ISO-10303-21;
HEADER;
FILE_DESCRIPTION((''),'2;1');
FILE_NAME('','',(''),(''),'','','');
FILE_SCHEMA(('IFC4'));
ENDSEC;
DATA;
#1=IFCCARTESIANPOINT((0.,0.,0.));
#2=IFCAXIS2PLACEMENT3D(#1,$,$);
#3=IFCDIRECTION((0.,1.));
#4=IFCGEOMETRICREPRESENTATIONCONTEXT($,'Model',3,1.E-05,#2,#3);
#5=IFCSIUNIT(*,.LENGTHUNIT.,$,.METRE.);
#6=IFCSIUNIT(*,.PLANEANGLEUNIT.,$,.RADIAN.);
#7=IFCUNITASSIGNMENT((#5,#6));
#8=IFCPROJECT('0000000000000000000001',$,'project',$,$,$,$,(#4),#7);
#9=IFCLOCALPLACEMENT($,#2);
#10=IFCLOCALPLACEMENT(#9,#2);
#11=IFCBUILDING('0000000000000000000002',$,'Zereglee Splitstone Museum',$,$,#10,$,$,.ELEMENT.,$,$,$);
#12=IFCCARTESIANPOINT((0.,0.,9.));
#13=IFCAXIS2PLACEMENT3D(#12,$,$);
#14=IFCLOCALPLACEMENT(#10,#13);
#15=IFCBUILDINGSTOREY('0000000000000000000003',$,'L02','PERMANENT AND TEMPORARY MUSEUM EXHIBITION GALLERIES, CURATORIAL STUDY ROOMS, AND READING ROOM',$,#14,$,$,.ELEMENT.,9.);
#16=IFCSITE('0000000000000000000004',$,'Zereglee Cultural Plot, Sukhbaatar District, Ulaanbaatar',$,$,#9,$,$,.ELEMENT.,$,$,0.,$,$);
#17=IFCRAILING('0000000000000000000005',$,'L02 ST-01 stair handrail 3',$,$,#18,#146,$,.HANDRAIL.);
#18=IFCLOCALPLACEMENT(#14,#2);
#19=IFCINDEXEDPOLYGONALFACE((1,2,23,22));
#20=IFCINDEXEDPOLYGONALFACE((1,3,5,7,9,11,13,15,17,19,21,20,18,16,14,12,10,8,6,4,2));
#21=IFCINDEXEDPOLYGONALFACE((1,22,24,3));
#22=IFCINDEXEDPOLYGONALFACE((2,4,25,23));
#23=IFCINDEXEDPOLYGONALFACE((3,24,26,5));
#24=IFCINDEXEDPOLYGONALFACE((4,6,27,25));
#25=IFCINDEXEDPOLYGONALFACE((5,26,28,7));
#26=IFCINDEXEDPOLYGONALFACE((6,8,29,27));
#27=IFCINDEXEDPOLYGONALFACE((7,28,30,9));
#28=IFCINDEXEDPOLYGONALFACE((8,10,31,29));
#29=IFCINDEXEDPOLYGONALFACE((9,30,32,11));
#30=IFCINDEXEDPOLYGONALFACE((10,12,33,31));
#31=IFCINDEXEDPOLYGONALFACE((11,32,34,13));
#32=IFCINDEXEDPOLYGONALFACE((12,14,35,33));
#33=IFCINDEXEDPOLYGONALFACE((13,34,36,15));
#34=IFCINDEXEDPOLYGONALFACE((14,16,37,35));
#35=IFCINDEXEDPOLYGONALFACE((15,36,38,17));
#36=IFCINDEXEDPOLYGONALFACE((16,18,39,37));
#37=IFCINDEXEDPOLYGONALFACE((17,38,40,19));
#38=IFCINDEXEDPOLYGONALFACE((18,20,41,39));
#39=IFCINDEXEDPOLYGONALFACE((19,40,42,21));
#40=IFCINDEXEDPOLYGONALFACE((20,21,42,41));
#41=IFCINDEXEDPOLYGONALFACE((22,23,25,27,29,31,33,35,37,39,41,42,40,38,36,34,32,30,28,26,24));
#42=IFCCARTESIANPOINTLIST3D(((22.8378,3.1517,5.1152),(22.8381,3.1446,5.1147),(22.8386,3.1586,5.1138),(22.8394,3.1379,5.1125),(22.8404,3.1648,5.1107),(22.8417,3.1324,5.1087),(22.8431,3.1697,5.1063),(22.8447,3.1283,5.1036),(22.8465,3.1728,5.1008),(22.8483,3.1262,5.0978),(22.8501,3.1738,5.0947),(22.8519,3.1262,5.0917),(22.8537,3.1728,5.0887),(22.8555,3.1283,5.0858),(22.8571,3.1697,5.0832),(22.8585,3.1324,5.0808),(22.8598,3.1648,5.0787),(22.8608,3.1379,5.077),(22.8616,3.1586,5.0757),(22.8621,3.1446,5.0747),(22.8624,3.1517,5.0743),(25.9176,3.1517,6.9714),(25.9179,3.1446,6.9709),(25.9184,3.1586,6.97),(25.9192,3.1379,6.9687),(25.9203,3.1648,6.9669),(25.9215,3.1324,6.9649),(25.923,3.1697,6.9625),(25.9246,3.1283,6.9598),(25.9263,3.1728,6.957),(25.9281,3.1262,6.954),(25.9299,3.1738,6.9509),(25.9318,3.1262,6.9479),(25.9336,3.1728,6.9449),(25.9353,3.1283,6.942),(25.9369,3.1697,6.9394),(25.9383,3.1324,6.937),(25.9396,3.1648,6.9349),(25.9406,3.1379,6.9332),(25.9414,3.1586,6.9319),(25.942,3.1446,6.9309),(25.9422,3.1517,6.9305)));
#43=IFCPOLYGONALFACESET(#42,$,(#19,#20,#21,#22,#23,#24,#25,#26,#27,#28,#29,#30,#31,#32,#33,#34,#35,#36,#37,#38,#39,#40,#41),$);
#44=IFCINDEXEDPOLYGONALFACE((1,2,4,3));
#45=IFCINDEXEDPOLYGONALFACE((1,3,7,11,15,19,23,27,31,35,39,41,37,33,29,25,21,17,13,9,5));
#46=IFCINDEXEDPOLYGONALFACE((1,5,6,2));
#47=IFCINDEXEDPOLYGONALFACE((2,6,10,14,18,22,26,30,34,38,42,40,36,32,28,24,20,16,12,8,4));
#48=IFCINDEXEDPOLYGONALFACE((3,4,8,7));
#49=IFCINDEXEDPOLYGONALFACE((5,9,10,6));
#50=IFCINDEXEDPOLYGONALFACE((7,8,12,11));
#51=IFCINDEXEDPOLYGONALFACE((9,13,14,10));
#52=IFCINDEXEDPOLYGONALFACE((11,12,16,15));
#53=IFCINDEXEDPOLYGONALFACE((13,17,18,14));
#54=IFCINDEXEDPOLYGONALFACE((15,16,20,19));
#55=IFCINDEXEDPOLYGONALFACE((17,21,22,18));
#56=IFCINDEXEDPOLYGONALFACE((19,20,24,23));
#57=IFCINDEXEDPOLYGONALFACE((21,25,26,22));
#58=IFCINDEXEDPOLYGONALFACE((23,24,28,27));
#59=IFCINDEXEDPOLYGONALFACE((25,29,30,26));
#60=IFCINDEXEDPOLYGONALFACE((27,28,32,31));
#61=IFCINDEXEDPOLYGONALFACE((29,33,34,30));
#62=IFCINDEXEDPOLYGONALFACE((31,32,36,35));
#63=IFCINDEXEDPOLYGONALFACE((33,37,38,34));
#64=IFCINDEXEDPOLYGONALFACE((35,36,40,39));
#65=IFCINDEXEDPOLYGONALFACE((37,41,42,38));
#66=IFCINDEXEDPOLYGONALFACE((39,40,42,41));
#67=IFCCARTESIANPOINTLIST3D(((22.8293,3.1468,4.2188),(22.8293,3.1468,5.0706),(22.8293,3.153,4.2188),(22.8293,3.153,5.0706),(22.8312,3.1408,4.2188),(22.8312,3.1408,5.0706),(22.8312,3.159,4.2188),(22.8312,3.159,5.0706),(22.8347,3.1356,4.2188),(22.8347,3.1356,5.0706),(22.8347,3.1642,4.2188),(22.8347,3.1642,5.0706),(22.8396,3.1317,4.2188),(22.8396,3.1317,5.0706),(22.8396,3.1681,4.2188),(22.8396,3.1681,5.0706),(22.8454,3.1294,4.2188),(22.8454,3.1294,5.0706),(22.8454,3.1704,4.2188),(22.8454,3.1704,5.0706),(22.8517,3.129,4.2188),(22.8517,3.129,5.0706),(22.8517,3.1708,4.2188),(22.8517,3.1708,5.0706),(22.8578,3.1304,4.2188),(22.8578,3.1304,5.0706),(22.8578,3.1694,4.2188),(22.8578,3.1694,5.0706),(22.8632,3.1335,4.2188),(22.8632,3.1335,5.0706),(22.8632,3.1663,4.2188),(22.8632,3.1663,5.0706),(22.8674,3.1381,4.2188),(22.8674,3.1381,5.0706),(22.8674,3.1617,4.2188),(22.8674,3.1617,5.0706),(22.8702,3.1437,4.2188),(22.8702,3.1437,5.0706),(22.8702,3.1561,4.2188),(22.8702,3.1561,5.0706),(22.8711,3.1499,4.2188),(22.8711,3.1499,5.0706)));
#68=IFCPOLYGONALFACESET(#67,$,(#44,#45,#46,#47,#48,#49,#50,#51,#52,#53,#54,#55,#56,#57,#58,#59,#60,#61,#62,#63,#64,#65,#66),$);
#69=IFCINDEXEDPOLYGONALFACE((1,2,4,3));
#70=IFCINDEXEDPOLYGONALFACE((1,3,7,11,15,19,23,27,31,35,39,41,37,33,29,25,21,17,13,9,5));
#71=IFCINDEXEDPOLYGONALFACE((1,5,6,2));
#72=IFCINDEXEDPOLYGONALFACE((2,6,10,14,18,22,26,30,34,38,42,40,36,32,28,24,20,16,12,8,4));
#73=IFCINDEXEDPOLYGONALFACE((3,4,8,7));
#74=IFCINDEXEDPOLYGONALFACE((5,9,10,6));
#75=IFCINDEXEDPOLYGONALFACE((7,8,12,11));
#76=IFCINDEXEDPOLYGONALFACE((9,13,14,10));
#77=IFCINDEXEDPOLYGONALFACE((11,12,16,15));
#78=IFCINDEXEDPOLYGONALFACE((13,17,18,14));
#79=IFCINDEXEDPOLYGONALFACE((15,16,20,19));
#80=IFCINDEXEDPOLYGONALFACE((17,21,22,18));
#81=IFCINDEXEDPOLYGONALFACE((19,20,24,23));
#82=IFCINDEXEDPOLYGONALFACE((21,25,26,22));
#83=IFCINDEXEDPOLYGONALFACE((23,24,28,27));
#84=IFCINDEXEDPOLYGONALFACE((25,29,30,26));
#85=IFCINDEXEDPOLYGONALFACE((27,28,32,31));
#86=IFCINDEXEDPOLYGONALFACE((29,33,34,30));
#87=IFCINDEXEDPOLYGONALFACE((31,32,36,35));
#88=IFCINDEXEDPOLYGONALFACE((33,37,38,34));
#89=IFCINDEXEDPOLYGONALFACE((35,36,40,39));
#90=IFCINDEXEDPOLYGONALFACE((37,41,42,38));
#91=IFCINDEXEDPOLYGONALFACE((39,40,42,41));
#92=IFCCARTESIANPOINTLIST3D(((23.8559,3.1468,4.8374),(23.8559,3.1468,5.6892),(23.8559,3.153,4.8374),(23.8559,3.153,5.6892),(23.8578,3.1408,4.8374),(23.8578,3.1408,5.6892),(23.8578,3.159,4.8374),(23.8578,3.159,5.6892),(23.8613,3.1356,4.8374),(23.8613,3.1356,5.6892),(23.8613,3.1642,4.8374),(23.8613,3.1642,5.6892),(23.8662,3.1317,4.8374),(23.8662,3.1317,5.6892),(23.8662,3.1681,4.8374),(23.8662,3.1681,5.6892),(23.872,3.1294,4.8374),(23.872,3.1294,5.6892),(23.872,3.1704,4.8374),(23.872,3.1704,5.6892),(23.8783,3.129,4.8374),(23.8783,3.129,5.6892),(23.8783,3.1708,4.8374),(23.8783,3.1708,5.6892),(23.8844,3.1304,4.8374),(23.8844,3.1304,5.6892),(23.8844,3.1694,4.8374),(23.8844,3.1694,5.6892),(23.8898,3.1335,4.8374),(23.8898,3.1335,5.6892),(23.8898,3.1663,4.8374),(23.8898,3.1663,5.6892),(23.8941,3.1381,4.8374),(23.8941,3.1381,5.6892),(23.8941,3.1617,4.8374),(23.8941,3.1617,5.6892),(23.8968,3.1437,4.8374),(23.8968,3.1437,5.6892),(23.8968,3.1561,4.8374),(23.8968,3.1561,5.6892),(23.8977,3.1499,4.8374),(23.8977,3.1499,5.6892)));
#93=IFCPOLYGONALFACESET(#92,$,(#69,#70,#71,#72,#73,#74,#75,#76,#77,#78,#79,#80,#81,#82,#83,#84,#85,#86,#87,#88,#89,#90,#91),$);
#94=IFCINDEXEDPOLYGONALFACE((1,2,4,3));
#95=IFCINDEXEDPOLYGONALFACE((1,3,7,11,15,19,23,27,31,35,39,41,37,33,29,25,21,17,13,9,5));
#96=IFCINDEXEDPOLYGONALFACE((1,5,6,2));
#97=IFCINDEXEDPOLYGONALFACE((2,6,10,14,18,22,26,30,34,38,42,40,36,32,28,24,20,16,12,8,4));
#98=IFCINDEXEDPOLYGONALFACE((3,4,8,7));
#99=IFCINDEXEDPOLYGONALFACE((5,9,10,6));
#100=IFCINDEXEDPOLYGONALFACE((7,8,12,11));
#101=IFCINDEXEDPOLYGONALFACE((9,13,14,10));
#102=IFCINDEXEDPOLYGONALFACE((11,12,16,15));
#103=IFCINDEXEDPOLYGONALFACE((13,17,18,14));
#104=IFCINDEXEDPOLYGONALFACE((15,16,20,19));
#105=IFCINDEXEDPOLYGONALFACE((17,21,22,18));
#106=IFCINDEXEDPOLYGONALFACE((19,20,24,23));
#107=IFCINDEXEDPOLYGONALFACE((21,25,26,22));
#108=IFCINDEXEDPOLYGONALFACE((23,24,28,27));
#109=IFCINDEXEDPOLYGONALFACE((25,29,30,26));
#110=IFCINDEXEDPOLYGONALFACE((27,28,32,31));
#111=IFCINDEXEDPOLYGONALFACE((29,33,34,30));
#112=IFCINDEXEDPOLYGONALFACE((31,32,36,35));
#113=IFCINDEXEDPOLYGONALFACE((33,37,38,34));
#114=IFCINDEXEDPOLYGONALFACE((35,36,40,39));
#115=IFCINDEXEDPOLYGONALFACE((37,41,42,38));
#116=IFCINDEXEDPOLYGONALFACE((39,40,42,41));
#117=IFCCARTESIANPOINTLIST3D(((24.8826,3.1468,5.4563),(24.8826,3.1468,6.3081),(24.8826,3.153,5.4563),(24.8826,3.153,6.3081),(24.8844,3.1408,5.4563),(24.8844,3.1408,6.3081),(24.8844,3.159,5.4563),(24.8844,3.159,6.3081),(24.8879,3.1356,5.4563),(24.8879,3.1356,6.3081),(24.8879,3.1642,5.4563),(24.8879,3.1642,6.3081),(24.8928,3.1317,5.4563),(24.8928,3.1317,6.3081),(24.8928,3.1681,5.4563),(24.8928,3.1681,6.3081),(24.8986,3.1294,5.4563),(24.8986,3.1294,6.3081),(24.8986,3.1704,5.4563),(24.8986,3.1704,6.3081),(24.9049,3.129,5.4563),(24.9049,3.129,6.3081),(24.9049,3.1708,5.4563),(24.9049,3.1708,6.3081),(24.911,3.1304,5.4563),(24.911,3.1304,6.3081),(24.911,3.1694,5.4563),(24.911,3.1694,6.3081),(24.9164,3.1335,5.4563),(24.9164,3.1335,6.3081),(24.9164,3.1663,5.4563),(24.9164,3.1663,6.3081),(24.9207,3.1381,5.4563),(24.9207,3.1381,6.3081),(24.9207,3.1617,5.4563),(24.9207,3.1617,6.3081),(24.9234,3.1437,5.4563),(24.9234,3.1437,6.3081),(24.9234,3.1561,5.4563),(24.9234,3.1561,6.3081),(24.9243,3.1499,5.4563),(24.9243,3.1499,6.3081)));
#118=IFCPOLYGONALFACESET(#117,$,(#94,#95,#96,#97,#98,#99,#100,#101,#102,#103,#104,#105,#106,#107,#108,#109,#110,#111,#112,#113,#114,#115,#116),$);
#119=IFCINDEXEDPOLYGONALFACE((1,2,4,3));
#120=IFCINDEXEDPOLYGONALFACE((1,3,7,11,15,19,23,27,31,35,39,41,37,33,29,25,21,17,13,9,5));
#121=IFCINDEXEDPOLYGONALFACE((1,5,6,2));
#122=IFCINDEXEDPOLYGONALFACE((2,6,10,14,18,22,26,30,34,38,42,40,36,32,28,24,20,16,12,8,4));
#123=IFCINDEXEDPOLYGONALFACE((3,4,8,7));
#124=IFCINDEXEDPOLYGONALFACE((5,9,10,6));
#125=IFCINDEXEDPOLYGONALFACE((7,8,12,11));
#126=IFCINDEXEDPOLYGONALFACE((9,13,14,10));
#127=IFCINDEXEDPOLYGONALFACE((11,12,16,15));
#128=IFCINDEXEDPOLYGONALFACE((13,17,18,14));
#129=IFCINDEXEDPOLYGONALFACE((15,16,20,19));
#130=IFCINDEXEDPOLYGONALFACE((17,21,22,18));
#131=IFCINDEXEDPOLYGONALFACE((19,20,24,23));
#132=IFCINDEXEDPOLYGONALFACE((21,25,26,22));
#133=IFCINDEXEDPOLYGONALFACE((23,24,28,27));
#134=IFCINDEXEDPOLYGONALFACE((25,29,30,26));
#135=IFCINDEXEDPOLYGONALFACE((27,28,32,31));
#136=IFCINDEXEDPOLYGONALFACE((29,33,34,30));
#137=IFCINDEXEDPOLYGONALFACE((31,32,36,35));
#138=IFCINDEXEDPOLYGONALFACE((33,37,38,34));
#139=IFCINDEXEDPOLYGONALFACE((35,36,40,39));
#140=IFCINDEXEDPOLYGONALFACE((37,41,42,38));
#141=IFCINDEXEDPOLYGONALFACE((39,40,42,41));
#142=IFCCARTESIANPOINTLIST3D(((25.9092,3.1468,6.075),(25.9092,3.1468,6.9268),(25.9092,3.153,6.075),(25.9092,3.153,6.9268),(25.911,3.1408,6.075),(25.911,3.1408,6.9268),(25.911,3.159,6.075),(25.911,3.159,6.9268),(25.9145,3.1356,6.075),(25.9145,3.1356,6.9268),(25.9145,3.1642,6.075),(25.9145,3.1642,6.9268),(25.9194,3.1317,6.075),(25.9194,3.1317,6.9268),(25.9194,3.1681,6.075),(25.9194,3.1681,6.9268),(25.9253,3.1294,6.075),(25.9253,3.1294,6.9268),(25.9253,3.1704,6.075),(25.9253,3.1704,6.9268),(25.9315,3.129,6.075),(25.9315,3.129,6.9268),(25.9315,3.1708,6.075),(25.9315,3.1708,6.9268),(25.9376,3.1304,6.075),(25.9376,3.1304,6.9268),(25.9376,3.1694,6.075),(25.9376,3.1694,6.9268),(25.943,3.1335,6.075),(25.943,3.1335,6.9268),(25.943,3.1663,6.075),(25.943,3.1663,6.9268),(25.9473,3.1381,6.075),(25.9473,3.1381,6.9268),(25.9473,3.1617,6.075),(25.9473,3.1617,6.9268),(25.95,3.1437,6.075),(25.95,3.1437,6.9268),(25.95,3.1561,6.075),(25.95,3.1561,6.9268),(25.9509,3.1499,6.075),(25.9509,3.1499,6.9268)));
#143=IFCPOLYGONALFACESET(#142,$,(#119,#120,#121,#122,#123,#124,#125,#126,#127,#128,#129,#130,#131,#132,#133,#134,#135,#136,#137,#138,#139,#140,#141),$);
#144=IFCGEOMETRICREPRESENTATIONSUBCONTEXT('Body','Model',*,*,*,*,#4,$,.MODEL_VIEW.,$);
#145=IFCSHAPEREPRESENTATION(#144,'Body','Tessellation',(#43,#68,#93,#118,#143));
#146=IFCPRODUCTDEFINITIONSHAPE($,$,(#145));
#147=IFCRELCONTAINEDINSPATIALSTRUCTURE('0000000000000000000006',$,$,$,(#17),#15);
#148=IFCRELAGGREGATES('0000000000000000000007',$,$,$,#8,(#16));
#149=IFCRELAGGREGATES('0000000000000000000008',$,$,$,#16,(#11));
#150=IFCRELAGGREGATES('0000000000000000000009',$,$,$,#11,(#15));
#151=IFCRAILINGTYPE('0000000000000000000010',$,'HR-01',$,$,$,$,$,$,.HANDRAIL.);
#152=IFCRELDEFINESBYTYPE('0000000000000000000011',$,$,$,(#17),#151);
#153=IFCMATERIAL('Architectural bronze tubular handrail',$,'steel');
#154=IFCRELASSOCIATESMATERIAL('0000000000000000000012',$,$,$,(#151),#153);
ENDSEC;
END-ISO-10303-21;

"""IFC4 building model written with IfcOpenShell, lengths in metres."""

from ifc_helpers import new_model, si_unit, direction, frame, origin, origin_2d, place, context, subcontext, project, spatial, circle, extrude, material, type_object, element, save


model = new_model("IFC4")

# Units and contexts
model_context = context("Model", 3, precision=1e-05, world=origin(), true_north=direction((0.0, 1.0)))
body_context = subcontext(model_context, "Body", "Model", "MODEL_VIEW")
ifc_project = project(units=[si_unit("LENGTHUNIT", "METRE"), si_unit("PLANEANGLEUNIT", "RADIAN")], contexts=[model_context])

# Site, building, storey
site_placement = place(None, origin())
site = spatial("IfcSite", under=ifc_project, at=site_placement, Name="Zereglee Cultural Plot, Sukhbaatar District, Ulaanbaatar", CompositionType="ELEMENT", RefElevation=0.0)
building_placement = place(site_placement, origin())
building = spatial("IfcBuilding", under=site, at=building_placement, Name="Zereglee Splitstone Museum", CompositionType="ELEMENT")
storey_placement = place(building_placement, frame((0.0, 0.0, 9.0)))
storey = spatial("IfcBuildingStorey", under=building, at=storey_placement, Name="L02", Description="PERMANENT AND TEMPORARY MUSEUM EXHIBITION GALLERIES, CURATORIAL STUDY ROOMS, AND READING ROOM", CompositionType="ELEMENT", Elevation=9.0)

# Railing
ifc_material_1 = material(Name="Architectural bronze tubular handrail", Category="steel")
railing_type_1 = type_object("IfcRailingType", Name="HR-01", PredefinedType="HANDRAIL", material=ifc_material_1)
railing_1_placement = place(storey_placement, frame((22.8501, 3.1499, 4.2188)))
element("IfcRailing", 1, at=railing_1_placement, inside=storey, type_object=railing_type_1, Name="L02 ST-01 stair handrail 3", PredefinedType="HANDRAIL", context=body_context, shape_type="SweptSolid", body=[
    extrude(circle(Radius=0.0239, at=origin_2d()), frame((0.0, 0.0, 0.876), z_axis=(0.856473, 0.0, 0.516192), x_axis=(0.0, 1.0, 0.0)), (0.0, 0.0, 1.0), 3.5959),
    extrude(circle(Radius=0.021, at=origin_2d()), origin(), (0.0, 0.0, 1.0), 0.8518),
    extrude(circle(Radius=0.021, at=origin_2d()), frame((1.0266, 0.0, 0.6187)), (0.0, 0.0, 1.0), 0.8518),
    extrude(circle(Radius=0.021, at=origin_2d()), frame((2.0532, 0.0, 1.2375)), (0.0, 0.0, 1.0), 0.8518),
    extrude(circle(Radius=0.021, at=origin_2d()), frame((3.0798, 0.0, 1.8562)), (0.0, 0.0, 1.0), 0.8518),
])

save(model, "model.ifc")
